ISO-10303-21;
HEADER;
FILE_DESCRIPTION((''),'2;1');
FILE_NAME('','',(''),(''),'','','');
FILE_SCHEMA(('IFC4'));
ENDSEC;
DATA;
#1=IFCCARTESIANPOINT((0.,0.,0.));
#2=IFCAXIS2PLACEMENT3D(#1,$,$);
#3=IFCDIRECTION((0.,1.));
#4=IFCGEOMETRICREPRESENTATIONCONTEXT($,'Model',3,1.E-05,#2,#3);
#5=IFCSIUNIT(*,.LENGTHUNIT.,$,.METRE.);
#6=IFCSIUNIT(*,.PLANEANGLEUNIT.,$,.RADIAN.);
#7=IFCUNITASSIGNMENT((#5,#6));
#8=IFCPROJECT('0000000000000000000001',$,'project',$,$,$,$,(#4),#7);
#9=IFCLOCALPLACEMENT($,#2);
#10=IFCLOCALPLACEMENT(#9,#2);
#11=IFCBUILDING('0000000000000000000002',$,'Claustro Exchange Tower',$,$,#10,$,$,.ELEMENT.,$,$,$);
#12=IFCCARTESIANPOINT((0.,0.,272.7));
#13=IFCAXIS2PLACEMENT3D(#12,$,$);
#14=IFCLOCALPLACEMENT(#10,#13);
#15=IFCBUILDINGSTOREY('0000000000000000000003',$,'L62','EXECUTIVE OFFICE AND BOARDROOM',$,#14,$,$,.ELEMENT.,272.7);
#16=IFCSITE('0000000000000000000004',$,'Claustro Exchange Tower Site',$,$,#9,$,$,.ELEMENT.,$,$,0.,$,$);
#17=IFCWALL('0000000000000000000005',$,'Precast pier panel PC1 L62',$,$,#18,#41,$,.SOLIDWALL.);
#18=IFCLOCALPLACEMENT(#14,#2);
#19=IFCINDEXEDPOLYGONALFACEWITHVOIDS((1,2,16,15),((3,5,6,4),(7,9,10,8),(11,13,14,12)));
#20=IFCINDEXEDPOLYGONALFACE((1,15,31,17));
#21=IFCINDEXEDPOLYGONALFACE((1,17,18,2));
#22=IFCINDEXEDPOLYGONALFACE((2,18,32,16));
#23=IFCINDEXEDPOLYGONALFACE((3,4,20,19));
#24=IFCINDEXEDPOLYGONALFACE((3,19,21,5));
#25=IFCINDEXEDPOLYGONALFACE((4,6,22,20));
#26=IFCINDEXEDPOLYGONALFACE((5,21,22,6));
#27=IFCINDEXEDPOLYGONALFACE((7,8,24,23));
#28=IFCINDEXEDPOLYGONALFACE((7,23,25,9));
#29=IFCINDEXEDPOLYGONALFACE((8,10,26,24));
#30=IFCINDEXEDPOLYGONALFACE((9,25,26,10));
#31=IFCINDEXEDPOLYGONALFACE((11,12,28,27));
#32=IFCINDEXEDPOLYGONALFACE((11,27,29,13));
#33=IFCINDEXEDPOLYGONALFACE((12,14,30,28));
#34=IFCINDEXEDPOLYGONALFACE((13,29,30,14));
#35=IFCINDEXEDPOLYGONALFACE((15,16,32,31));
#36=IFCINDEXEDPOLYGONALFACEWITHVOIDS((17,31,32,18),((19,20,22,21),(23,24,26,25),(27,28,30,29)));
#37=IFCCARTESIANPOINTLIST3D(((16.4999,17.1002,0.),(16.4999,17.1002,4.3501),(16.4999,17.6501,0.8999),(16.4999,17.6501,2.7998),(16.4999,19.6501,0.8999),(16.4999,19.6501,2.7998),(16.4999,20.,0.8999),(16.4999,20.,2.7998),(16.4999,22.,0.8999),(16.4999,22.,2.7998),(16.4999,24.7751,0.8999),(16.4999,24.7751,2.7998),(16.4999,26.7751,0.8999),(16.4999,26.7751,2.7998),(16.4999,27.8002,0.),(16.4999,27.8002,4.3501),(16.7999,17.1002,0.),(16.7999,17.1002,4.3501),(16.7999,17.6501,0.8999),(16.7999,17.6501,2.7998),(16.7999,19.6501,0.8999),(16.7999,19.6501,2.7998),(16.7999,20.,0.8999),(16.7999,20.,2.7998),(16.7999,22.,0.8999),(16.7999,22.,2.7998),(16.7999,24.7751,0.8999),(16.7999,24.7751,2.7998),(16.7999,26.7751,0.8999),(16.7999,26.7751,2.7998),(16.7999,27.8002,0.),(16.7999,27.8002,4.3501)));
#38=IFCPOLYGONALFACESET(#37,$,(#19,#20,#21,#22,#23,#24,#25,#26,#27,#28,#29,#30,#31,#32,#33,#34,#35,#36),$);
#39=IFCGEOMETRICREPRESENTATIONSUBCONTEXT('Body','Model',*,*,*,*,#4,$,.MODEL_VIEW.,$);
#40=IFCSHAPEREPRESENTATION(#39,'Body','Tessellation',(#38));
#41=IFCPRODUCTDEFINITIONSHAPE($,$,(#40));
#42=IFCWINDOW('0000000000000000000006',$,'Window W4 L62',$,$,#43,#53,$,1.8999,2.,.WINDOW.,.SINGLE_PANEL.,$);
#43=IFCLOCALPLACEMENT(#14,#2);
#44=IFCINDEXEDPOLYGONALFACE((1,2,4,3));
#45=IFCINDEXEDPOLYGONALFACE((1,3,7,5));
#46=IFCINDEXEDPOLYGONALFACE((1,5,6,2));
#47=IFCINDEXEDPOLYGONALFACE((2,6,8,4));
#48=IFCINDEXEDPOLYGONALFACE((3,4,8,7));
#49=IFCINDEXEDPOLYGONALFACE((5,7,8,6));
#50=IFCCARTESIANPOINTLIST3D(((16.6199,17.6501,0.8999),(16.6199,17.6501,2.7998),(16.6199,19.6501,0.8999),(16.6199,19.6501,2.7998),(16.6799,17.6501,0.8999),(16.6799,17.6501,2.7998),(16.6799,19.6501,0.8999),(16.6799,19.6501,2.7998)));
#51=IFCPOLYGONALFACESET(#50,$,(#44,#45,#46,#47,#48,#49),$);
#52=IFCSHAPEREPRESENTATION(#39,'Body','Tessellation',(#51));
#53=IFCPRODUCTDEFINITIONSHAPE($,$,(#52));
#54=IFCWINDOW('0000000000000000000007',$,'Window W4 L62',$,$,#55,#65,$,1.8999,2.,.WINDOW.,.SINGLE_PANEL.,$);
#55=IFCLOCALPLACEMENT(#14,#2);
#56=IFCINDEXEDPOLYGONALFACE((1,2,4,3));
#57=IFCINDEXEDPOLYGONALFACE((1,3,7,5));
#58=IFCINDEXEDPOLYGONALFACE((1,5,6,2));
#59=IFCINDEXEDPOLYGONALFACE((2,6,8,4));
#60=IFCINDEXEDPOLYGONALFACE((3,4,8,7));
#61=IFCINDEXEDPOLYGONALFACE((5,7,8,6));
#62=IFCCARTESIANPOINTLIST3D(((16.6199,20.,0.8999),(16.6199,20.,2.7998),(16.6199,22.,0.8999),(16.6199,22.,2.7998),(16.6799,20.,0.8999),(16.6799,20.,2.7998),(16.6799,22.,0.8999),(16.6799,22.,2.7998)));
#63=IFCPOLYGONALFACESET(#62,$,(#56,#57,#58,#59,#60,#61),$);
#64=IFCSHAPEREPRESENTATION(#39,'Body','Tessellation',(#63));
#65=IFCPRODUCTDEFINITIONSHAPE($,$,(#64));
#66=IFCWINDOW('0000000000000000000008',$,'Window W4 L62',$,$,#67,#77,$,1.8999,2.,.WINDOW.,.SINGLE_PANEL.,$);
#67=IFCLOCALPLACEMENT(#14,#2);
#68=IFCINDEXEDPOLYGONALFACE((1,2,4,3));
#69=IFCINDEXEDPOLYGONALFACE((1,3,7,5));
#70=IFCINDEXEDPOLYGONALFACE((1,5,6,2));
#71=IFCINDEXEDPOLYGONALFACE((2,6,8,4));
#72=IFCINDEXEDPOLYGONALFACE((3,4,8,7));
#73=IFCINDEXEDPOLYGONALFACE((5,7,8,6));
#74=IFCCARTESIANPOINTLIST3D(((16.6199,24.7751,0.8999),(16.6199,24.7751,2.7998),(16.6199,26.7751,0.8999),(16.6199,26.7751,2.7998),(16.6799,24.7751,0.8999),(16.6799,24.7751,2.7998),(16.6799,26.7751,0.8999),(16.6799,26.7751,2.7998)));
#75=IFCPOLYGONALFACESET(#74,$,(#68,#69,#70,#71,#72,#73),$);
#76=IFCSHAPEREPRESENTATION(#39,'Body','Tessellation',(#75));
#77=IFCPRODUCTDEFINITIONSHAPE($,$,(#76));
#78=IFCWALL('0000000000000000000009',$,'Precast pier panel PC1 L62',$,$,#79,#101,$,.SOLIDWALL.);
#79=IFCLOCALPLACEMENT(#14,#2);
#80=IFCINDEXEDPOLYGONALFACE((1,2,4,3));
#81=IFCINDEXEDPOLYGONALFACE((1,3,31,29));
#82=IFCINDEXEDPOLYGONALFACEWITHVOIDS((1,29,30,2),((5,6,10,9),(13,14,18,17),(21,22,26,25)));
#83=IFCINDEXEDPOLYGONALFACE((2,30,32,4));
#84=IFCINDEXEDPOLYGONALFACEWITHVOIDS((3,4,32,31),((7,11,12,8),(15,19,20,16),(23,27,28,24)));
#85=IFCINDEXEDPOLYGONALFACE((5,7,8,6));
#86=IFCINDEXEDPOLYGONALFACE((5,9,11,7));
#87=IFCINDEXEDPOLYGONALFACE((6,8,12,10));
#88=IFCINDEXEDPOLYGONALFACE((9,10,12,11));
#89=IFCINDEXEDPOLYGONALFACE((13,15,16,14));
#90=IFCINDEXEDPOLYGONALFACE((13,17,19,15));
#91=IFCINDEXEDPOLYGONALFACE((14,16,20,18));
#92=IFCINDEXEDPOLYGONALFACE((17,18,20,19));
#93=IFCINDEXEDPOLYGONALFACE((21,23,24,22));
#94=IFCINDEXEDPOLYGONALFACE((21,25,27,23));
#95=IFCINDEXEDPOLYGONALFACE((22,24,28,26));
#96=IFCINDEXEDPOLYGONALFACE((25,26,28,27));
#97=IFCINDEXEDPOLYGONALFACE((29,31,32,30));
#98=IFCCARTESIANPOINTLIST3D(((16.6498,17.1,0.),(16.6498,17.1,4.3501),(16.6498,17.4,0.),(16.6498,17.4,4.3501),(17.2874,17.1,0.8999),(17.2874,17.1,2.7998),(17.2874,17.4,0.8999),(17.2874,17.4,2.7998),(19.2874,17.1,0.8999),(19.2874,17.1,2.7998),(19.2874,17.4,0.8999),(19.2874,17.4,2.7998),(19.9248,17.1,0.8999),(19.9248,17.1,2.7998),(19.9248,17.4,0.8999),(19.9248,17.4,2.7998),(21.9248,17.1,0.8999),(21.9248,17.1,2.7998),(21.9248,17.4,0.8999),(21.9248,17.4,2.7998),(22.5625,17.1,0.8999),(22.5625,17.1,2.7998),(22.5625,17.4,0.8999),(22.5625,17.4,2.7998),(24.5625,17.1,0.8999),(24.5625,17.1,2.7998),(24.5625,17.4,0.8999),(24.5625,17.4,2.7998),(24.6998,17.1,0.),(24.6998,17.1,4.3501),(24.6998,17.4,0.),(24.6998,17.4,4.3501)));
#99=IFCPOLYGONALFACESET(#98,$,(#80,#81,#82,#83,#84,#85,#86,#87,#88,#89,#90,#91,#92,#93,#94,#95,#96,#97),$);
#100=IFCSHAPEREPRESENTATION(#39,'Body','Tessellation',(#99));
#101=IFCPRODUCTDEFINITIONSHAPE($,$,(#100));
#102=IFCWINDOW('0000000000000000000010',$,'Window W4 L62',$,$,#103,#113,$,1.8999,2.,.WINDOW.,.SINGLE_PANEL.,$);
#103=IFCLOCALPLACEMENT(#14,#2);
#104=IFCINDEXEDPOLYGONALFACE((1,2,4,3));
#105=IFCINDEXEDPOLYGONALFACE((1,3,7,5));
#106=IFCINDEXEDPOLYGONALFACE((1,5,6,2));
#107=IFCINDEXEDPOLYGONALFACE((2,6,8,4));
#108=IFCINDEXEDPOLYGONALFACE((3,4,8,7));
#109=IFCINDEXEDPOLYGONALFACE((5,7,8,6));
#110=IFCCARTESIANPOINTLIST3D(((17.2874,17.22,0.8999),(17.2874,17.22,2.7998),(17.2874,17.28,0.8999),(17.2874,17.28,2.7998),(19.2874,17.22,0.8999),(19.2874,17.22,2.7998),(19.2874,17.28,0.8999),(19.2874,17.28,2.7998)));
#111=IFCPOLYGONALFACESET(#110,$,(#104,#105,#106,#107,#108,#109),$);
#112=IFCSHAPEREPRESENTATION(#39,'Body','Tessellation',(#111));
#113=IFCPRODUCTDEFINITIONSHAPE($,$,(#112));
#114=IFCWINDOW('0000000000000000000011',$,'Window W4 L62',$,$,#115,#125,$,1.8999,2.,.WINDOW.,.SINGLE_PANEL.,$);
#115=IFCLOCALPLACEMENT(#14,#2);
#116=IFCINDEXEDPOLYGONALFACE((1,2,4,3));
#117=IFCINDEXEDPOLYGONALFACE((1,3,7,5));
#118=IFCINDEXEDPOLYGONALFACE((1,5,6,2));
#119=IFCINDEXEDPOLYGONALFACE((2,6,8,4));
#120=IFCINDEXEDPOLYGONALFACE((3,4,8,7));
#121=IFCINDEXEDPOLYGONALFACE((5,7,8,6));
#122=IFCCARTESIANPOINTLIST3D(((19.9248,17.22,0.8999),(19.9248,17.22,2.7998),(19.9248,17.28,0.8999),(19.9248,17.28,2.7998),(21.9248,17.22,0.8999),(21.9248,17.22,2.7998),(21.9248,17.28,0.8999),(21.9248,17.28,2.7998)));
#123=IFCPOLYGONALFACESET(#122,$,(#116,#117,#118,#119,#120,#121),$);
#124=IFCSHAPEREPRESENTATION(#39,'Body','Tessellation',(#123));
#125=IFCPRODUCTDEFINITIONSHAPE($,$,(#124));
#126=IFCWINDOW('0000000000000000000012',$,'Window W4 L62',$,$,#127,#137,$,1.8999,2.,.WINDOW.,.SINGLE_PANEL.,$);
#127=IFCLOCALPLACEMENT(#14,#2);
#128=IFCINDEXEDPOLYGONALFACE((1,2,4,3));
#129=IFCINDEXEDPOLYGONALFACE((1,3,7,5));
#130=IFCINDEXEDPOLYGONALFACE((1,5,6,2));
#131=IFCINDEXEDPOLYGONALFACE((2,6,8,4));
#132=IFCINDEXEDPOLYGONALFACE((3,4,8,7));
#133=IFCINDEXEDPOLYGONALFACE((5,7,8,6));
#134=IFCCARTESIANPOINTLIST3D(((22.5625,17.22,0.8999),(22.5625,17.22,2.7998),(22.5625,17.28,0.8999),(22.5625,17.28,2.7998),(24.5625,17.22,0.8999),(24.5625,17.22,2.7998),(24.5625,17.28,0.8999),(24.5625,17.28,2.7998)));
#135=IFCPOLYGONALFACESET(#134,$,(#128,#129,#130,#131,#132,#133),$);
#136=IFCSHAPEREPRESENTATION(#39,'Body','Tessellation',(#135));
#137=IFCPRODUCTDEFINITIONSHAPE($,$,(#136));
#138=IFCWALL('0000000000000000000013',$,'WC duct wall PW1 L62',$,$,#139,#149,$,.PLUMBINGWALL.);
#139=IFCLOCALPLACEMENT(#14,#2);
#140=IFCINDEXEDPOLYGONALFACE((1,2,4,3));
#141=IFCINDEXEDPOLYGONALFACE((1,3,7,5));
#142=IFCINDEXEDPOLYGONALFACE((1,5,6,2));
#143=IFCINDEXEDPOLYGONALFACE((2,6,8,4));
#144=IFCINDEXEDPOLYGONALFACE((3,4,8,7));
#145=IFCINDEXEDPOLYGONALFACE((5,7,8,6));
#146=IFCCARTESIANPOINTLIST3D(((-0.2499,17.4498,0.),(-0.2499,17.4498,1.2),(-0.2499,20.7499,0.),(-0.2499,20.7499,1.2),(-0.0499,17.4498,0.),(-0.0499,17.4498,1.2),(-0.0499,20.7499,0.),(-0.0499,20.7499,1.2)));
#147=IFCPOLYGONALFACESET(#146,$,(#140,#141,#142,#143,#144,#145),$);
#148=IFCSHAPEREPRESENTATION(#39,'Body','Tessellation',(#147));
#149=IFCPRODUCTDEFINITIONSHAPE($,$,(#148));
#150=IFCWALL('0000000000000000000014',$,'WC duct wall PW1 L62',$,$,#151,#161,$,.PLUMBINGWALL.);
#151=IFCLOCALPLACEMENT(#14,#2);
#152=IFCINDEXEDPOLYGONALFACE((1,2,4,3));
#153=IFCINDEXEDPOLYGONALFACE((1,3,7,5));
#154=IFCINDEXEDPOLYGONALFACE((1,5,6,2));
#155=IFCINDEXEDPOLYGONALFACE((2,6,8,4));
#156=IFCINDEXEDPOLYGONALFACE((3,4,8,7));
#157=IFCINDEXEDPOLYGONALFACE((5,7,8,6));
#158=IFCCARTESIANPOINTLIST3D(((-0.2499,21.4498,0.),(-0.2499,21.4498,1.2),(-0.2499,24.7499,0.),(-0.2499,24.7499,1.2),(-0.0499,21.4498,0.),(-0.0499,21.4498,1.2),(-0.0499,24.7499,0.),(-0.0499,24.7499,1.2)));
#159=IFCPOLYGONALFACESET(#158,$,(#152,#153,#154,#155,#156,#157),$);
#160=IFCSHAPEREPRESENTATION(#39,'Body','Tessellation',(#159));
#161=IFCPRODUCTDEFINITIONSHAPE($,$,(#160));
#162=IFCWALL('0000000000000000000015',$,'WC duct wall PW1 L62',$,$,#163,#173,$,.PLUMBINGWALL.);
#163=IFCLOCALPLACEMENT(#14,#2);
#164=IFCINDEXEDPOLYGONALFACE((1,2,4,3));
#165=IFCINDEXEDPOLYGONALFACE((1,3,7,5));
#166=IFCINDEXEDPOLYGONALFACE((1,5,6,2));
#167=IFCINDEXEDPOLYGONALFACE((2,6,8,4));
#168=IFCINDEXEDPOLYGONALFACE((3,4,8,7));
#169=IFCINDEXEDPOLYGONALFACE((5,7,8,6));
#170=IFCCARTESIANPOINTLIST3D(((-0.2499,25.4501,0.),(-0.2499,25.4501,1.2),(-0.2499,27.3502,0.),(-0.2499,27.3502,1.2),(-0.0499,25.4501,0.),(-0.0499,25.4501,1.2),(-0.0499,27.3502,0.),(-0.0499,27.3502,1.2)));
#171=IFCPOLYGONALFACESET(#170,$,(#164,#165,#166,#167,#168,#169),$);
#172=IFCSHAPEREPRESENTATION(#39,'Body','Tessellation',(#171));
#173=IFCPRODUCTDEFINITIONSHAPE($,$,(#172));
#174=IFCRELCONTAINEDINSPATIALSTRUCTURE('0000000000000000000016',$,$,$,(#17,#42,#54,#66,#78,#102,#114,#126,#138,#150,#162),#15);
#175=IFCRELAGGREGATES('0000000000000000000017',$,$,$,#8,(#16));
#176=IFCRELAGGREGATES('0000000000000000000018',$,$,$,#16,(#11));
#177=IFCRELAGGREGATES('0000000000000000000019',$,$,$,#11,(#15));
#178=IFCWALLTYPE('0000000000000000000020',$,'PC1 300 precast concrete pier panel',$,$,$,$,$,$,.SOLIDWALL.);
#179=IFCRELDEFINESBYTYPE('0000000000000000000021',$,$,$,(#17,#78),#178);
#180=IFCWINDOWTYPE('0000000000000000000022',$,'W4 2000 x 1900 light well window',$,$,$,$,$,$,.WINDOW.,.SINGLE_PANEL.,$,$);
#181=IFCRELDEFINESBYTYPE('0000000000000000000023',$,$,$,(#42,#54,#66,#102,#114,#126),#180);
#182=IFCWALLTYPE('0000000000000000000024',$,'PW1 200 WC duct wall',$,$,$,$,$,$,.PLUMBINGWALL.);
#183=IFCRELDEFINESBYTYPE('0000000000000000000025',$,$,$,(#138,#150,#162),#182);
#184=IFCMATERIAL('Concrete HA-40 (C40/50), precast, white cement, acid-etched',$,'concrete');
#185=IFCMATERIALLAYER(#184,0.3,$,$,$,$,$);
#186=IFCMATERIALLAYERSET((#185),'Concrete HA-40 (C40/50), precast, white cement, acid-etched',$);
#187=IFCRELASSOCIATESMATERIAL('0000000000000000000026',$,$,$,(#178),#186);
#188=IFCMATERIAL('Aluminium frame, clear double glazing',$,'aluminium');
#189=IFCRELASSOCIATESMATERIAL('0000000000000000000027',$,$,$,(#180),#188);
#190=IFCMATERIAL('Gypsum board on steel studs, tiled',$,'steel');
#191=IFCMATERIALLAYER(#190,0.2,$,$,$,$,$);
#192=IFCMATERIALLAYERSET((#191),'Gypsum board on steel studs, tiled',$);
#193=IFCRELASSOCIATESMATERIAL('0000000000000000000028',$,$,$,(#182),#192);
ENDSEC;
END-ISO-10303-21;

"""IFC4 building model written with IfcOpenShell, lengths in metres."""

from ifc_helpers import new_model, si_unit, direction, frame, frame_2d, origin, place, context, subcontext, project, spatial, rectangle, extrude, material, layer, layer_set, type_object, element, fill, save


model = new_model("IFC4")

# Units and contexts
model_context = context("Model", 3, precision=1e-05, world=origin(), true_north=direction((0.0, 1.0)))
body_context = subcontext(model_context, "Body", "Model", "MODEL_VIEW")
ifc_project = project(units=[si_unit("LENGTHUNIT", "METRE"), si_unit("PLANEANGLEUNIT", "RADIAN")], contexts=[model_context])

# Site, building, storey
site_placement = place(None, origin())
site = spatial("IfcSite", under=ifc_project, at=site_placement, Name="Claustro Exchange Tower Site", CompositionType="ELEMENT", RefElevation=0.0)
building_placement = place(site_placement, origin())
building = spatial("IfcBuilding", under=site, at=building_placement, Name="Claustro Exchange Tower", CompositionType="ELEMENT")
storey_placement = place(building_placement, frame((0.0, 0.0, 272.7)))
storey = spatial("IfcBuildingStorey", under=building, at=storey_placement, Name="L62", Description="EXECUTIVE OFFICE AND BOARDROOM", CompositionType="ELEMENT", Elevation=272.7)

# Walls, openings, windows
ifc_material_1 = material(Name="Concrete HA-40 (C40/50), precast, white cement, acid-etched", Category="concrete")
ifc_layer_1 = layer(ifc_material_1, 0.3)
ifc_layer_set_1 = layer_set([ifc_layer_1], Name="Concrete HA-40 (C40/50), precast, white cement, acid-etched")
wall_type_1 = type_object("IfcWallType", Name="PC1 300 precast concrete pier panel", PredefinedType="SOLIDWALL", material=ifc_layer_set_1)
wall_1_placement = place(storey_placement, frame((16.6499, 17.1001, 0.0), z_axis=(0.0, 0.0, 1.0), x_axis=(0.0, 1.0, 0.0)))
wall_1 = element("IfcWall", 1, at=wall_1_placement, inside=storey, type_object=wall_type_1, Name="Precast pier panel PC1 L62", PredefinedType="SOLIDWALL", context=body_context, shape_type="SweptSolid", body=[
    extrude(rectangle(XDim=10.7, YDim=0.3, at=frame_2d((5.3501, 0.0))), origin(), (0.0, 0.0, 1.0), 4.3501),
])
opening_1_placement = place(wall_1_placement, frame((0.55, 0.0, 0.8999)))
opening_1 = element("IfcOpeningElement", 2, at=opening_1_placement, cuts=wall_1, PredefinedType="OPENING", context=body_context, shape_type="SweptSolid", body=[
    extrude(rectangle(XDim=2.0, YDim=1.8999, at=frame_2d((1.0, 0.95))), frame((0.0, 0.1599, 0.0), z_axis=(0.0, -1.0, 0.0), x_axis=(1.0, 0.0, 0.0)), (0.0, 0.0, 1.0), 0.3201),
])
opening_2_placement = place(wall_1_placement, frame((2.8999, 0.0, 0.8999)))
opening_2 = element("IfcOpeningElement", 3, at=opening_2_placement, cuts=wall_1, PredefinedType="OPENING", context=body_context, shape_type="SweptSolid", body=[
    extrude(rectangle(XDim=2.0, YDim=1.8999, at=frame_2d((1.0, 0.95))), frame((0.0, 0.1599, 0.0), z_axis=(0.0, -1.0, 0.0), x_axis=(1.0, 0.0, 0.0)), (0.0, 0.0, 1.0), 0.3201),
])
opening_3_placement = place(wall_1_placement, frame((7.675, 0.0, 0.8999)))
opening_3 = element("IfcOpeningElement", 4, at=opening_3_placement, cuts=wall_1, PredefinedType="OPENING", context=body_context, shape_type="SweptSolid", body=[
    extrude(rectangle(XDim=2.0, YDim=1.8999, at=frame_2d((1.0, 0.95))), frame((0.0, 0.1599, 0.0), z_axis=(0.0, -1.0, 0.0), x_axis=(1.0, 0.0, 0.0)), (0.0, 0.0, 1.0), 0.3201),
])
ifc_material_2 = material(Name="Aluminium frame, clear double glazing", Category="aluminium")
window_type = type_object("IfcWindowType", Name="W4 2000 x 1900 light well window", PartitioningType="SINGLE_PANEL", PredefinedType="WINDOW", material=ifc_material_2)
window_1_placement = place(opening_1_placement, origin())
window_1 = element("IfcWindow", 5, at=window_1_placement, inside=storey, type_object=window_type, Name="Window W4 L62", OverallHeight=1.8999, OverallWidth=2.0, PartitioningType="SINGLE_PANEL", PredefinedType="WINDOW", context=body_context, shape_type="SweptSolid", body=[
    extrude(rectangle(XDim=2.0, YDim=1.8999, at=frame_2d((1.0, 0.95))), frame((0.0, 0.03, 0.0), z_axis=(0.0, -1.0, 0.0), x_axis=(1.0, 0.0, 0.0)), (0.0, 0.0, 1.0), 0.0601),
])
fill(opening_1, window_1)
window_2_placement = place(opening_2_placement, origin())
window_2 = element("IfcWindow", 6, at=window_2_placement, inside=storey, type_object=window_type, Name="Window W4 L62", OverallHeight=1.8999, OverallWidth=2.0, PartitioningType="SINGLE_PANEL", PredefinedType="WINDOW", context=body_context, shape_type="SweptSolid", body=[
    extrude(rectangle(XDim=2.0, YDim=1.8999, at=frame_2d((1.0, 0.95))), frame((0.0, 0.03, 0.0), z_axis=(0.0, -1.0, 0.0), x_axis=(1.0, 0.0, 0.0)), (0.0, 0.0, 1.0), 0.0601),
])
fill(opening_2, window_2)
window_3_placement = place(opening_3_placement, origin())
window_3 = element("IfcWindow", 7, at=window_3_placement, inside=storey, type_object=window_type, Name="Window W4 L62", OverallHeight=1.8999, OverallWidth=2.0, PartitioningType="SINGLE_PANEL", PredefinedType="WINDOW", context=body_context, shape_type="SweptSolid", body=[
    extrude(rectangle(XDim=2.0, YDim=1.8999, at=frame_2d((1.0, 0.95))), frame((0.0, 0.03, 0.0), z_axis=(0.0, -1.0, 0.0), x_axis=(1.0, 0.0, 0.0)), (0.0, 0.0, 1.0), 0.0601),
])
fill(opening_3, window_3)
wall_2_placement = place(storey_placement, frame((16.6499, 17.25, 0.0), z_axis=(0.0, 0.0, 1.0), x_axis=(1.0, 0.0, 0.0)))
wall_2 = element("IfcWall", 8, at=wall_2_placement, inside=storey, type_object=wall_type_1, Name="Precast pier panel PC1 L62", PredefinedType="SOLIDWALL", context=body_context, shape_type="SweptSolid", body=[
    extrude(rectangle(XDim=8.05, YDim=0.3, at=frame_2d((4.0249, 0.0))), origin(), (0.0, 0.0, 1.0), 4.3501),
])
opening_4_placement = place(wall_2_placement, frame((0.6375, 0.0, 0.8999)))
opening_4 = element("IfcOpeningElement", 9, at=opening_4_placement, cuts=wall_2, PredefinedType="OPENING", context=body_context, shape_type="SweptSolid", body=[
    extrude(rectangle(XDim=2.0, YDim=1.8999, at=frame_2d((1.0, 0.95))), frame((0.0, 0.1599, 0.0), z_axis=(0.0, -1.0, 0.0), x_axis=(1.0, 0.0, 0.0)), (0.0, 0.0, 1.0), 0.3201),
])
opening_5_placement = place(wall_2_placement, frame((3.2749, 0.0, 0.8999)))
opening_5 = element("IfcOpeningElement", 10, at=opening_5_placement, cuts=wall_2, PredefinedType="OPENING", context=body_context, shape_type="SweptSolid", body=[
    extrude(rectangle(XDim=2.0, YDim=1.8999, at=frame_2d((1.0, 0.95))), frame((0.0, 0.1599, 0.0), z_axis=(0.0, -1.0, 0.0), x_axis=(1.0, 0.0, 0.0)), (0.0, 0.0, 1.0), 0.3201),
])
opening_6_placement = place(wall_2_placement, frame((5.9126, 0.0, 0.8999)))
opening_6 = element("IfcOpeningElement", 11, at=opening_6_placement, cuts=wall_2, PredefinedType="OPENING", context=body_context, shape_type="SweptSolid", body=[
    extrude(rectangle(XDim=2.0, YDim=1.8999, at=frame_2d((1.0, 0.95))), frame((0.0, 0.1599, 0.0), z_axis=(0.0, -1.0, 0.0), x_axis=(1.0, 0.0, 0.0)), (0.0, 0.0, 1.0), 0.3201),
])
window_4_placement = place(opening_4_placement, origin())
window_4 = element("IfcWindow", 12, at=window_4_placement, inside=storey, type_object=window_type, Name="Window W4 L62", OverallHeight=1.8999, OverallWidth=2.0, PartitioningType="SINGLE_PANEL", PredefinedType="WINDOW", context=body_context, shape_type="SweptSolid", body=[
    extrude(rectangle(XDim=2.0, YDim=1.8999, at=frame_2d((1.0, 0.95))), frame((0.0, 0.03, 0.0), z_axis=(0.0, -1.0, 0.0), x_axis=(1.0, 0.0, 0.0)), (0.0, 0.0, 1.0), 0.0601),
])
fill(opening_4, window_4)
window_5_placement = place(opening_5_placement, origin())
window_5 = element("IfcWindow", 13, at=window_5_placement, inside=storey, type_object=window_type, Name="Window W4 L62", OverallHeight=1.8999, OverallWidth=2.0, PartitioningType="SINGLE_PANEL", PredefinedType="WINDOW", context=body_context, shape_type="SweptSolid", body=[
    extrude(rectangle(XDim=2.0, YDim=1.8999, at=frame_2d((1.0, 0.95))), frame((0.0, 0.03, 0.0), z_axis=(0.0, -1.0, 0.0), x_axis=(1.0, 0.0, 0.0)), (0.0, 0.0, 1.0), 0.0601),
])
fill(opening_5, window_5)
window_6_placement = place(opening_6_placement, origin())
window_6 = element("IfcWindow", 14, at=window_6_placement, inside=storey, type_object=window_type, Name="Window W4 L62", OverallHeight=1.8999, OverallWidth=2.0, PartitioningType="SINGLE_PANEL", PredefinedType="WINDOW", context=body_context, shape_type="SweptSolid", body=[
    extrude(rectangle(XDim=2.0, YDim=1.8999, at=frame_2d((1.0, 0.95))), frame((0.0, 0.03, 0.0), z_axis=(0.0, -1.0, 0.0), x_axis=(1.0, 0.0, 0.0)), (0.0, 0.0, 1.0), 0.0601),
])
fill(opening_6, window_6)

# Walls
ifc_material_3 = material(Name="Gypsum board on steel studs, tiled", Category="steel")
ifc_layer_2 = layer(ifc_material_3, 0.2)
ifc_layer_set_2 = layer_set([ifc_layer_2], Name="Gypsum board on steel studs, tiled")
wall_type_2 = type_object("IfcWallType", Name="PW1 200 WC duct wall", PredefinedType="PLUMBINGWALL", material=ifc_layer_set_2)
for number, where, z_axis, x_axis, name in (
    (15, (-0.1499, 17.45, 0.0), (0.0, 0.0, 1.0), (0.0, 1.0, 0.0), "WC duct wall PW1 L62"),
    (16, (-0.1499, 21.45, 0.0), (0.0, 0.0, 1.0), (0.0, 1.0, 0.0), "WC duct wall PW1 L62"),
):
    element("IfcWall", number, at=place(storey_placement, frame(where, z_axis=z_axis, x_axis=x_axis)), inside=storey, type_object=wall_type_2, Name=name, PredefinedType="PLUMBINGWALL", context=body_context, shape_type="SweptSolid", body=[
        extrude(rectangle(XDim=3.3, YDim=0.2, at=frame_2d((1.6499, 0.0))), origin(), (0.0, 0.0, 1.0), 1.2),
    ])
wall_3_placement = place(storey_placement, frame((-0.1499, 25.45, 0.0), z_axis=(0.0, 0.0, 1.0), x_axis=(0.0, 1.0, 0.0)))
element("IfcWall", 17, at=wall_3_placement, inside=storey, type_object=wall_type_2, Name="WC duct wall PW1 L62", PredefinedType="PLUMBINGWALL", context=body_context, shape_type="SweptSolid", body=[
    extrude(rectangle(XDim=1.9001, YDim=0.2, at=frame_2d((0.9502, 0.0))), origin(), (0.0, 0.0, 1.0), 1.2),
])

save(model, "model.ifc")
